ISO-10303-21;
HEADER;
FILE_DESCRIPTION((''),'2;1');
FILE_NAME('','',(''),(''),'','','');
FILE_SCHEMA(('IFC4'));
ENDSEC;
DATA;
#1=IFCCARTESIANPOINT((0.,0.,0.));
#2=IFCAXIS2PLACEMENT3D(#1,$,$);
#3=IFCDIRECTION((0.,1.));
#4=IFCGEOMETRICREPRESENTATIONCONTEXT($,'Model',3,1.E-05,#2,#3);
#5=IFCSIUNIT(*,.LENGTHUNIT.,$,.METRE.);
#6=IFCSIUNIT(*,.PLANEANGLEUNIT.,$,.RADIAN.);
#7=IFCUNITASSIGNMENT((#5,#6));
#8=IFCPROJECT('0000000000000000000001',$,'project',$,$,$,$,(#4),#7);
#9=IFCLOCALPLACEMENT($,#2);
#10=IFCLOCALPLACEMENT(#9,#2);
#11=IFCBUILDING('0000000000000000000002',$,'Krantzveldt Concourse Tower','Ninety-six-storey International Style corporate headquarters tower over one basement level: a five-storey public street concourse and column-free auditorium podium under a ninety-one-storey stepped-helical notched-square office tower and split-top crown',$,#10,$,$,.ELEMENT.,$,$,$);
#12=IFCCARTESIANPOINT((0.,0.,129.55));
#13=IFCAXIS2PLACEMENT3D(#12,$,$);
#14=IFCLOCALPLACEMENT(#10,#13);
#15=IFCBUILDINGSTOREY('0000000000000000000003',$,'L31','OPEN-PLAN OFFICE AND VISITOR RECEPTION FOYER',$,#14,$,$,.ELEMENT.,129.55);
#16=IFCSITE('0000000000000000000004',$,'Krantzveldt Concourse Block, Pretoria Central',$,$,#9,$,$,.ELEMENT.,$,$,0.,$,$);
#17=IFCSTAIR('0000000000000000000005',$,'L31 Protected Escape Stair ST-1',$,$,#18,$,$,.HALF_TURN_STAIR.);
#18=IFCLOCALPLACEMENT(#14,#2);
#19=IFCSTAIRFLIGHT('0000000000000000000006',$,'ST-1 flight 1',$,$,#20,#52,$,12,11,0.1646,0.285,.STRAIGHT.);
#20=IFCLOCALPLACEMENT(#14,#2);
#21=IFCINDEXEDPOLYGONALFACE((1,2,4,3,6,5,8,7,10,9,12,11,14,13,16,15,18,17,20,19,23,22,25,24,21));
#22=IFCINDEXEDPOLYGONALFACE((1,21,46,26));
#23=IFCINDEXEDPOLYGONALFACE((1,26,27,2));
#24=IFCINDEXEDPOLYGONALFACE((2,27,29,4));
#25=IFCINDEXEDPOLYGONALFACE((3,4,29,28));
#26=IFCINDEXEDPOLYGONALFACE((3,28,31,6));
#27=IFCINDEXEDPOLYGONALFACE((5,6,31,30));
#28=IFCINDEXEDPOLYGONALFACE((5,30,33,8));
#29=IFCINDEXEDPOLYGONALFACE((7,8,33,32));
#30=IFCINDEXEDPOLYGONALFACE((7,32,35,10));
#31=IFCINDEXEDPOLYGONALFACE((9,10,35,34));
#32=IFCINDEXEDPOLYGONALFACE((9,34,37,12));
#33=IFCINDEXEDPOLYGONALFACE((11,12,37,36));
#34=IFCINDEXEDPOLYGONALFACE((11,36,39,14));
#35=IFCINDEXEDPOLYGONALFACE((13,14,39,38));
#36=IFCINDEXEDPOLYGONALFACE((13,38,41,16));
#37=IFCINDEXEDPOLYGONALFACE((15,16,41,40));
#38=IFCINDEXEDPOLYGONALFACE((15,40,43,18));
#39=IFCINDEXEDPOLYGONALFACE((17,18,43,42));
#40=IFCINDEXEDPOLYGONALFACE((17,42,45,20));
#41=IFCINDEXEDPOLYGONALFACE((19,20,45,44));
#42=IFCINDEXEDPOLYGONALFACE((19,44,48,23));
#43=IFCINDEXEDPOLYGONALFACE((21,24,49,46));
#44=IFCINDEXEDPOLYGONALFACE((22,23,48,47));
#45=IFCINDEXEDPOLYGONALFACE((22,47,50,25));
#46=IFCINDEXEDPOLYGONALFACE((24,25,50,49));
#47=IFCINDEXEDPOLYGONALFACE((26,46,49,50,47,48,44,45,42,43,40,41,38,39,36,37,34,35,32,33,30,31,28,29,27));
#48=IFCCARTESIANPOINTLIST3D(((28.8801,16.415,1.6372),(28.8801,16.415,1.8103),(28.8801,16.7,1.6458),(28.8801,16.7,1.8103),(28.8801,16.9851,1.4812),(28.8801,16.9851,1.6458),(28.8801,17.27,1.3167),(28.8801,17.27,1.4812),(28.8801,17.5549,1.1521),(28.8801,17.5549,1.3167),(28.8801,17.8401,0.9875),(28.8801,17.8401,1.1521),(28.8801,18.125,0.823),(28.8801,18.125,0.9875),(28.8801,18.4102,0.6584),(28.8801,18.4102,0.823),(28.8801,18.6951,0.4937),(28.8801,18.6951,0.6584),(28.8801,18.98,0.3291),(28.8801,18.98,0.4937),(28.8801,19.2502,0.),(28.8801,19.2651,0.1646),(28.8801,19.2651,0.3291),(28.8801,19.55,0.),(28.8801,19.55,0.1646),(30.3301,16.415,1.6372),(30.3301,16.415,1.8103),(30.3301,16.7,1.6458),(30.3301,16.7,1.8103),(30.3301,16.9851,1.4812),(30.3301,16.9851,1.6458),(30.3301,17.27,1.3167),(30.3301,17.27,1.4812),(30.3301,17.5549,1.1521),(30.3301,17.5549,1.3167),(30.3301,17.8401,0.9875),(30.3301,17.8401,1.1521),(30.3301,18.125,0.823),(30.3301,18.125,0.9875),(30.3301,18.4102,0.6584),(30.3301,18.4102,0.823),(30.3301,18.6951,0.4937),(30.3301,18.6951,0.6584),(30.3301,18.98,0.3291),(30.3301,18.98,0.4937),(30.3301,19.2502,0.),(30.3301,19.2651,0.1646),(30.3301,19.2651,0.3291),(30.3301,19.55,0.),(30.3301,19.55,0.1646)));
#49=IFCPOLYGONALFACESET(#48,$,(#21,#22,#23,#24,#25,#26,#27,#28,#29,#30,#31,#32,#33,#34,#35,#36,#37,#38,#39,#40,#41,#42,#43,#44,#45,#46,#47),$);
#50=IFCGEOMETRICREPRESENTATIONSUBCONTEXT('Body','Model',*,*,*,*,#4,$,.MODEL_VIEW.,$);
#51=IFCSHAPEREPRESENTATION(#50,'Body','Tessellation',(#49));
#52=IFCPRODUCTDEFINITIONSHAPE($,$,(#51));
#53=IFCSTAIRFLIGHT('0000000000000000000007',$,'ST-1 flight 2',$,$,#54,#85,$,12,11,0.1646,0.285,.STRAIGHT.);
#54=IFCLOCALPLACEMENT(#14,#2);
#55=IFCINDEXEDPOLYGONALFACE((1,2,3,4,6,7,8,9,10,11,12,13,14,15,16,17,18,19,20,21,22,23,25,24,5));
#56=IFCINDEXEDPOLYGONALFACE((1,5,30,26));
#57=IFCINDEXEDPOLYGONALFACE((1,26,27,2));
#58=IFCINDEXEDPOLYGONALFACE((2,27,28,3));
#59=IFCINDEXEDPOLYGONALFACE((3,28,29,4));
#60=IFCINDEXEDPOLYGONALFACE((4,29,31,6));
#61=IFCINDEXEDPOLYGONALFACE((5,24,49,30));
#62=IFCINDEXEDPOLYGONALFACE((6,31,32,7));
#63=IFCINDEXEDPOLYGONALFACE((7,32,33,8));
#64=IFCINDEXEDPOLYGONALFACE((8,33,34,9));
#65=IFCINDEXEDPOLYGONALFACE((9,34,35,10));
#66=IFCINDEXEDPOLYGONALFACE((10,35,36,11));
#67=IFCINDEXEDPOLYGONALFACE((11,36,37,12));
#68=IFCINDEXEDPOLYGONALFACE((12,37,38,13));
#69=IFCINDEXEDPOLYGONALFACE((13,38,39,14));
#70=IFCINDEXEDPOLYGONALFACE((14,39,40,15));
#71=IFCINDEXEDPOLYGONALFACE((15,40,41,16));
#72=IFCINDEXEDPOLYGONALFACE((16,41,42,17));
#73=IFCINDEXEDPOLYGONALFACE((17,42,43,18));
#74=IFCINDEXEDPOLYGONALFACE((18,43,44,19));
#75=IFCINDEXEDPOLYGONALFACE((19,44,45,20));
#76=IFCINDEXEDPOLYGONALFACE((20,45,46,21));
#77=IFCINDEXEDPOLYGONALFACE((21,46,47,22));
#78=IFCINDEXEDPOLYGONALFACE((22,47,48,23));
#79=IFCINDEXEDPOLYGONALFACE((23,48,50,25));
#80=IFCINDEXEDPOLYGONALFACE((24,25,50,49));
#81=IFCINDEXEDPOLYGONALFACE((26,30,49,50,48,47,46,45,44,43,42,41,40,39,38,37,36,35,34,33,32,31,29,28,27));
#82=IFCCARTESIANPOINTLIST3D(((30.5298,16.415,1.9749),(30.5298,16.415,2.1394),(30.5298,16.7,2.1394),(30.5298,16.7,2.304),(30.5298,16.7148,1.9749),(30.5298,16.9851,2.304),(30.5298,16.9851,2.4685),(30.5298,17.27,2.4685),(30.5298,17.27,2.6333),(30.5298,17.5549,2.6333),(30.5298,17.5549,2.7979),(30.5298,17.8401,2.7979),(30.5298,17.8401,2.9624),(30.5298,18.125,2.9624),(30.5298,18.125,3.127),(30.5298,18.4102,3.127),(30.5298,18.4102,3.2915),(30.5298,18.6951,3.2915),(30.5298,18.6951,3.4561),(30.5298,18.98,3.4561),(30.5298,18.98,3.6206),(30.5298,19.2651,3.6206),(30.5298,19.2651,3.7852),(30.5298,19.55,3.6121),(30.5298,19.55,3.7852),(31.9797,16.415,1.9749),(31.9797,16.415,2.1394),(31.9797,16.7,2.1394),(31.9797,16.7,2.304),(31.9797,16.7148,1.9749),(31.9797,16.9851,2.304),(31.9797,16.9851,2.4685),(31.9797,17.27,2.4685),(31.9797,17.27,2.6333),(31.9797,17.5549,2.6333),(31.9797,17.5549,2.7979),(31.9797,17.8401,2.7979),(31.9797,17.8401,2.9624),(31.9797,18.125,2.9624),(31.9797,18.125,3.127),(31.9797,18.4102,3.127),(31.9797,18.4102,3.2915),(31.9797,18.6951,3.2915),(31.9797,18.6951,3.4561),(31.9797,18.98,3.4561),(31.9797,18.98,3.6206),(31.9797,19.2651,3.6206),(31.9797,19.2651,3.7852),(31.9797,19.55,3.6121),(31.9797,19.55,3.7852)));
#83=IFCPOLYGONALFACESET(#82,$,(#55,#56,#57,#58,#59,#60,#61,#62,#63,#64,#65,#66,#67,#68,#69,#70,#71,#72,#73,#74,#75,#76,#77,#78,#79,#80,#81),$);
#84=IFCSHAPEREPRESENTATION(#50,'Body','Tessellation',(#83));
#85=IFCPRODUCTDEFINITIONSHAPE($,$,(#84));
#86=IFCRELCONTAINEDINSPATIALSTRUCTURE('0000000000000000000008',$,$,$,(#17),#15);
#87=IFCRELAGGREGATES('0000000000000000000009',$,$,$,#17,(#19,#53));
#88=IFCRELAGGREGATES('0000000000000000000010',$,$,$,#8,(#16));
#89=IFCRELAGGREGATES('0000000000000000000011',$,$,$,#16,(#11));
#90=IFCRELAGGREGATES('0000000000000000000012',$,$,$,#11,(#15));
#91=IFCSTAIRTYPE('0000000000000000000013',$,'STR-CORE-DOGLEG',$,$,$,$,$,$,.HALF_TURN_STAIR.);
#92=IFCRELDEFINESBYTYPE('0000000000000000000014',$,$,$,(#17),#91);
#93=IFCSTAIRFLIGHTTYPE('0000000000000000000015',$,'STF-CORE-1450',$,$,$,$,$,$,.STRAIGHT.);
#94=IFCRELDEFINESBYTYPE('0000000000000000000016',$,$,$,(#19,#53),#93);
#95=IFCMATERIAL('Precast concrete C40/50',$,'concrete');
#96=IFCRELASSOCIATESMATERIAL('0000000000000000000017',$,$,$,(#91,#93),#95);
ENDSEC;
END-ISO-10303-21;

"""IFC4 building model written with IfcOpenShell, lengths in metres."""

from ifc_helpers import new_model, si_unit, direction, frame, origin, place, context, subcontext, project, spatial, polyline, outline, extrude, material, type_object, element, aggregate, save


model = new_model("IFC4")

# Units and contexts
model_context = context("Model", 3, precision=1e-05, world=origin(), true_north=direction((0.0, 1.0)))
body_context = subcontext(model_context, "Body", "Model", "MODEL_VIEW")
ifc_project = project(units=[si_unit("LENGTHUNIT", "METRE"), si_unit("PLANEANGLEUNIT", "RADIAN")], contexts=[model_context])

# Site, building, storey
site_placement = place(None, origin())
site = spatial("IfcSite", under=ifc_project, at=site_placement, Name="Krantzveldt Concourse Block, Pretoria Central", CompositionType="ELEMENT", RefElevation=0.0)
building_placement = place(site_placement, origin())
building = spatial("IfcBuilding", under=site, at=building_placement, Name="Krantzveldt Concourse Tower", Description="Ninety-six-storey International Style corporate headquarters tower over one basement level: a five-storey public street concourse and column-free auditorium podium under a ninety-one-storey stepped-helical notched-square office tower and split-top crown", CompositionType="ELEMENT")
storey_placement = place(building_placement, frame((0.0, 0.0, 129.55)))
storey = spatial("IfcBuildingStorey", under=building, at=storey_placement, Name="L31", Description="OPEN-PLAN OFFICE AND VISITOR RECEPTION FOYER", CompositionType="ELEMENT", Elevation=129.55)

# Stair, stair flights
ifc_material_1 = material(Name="Precast concrete C40/50", Category="concrete")
stair_type = type_object("IfcStairType", Name="STR-CORE-DOGLEG", PredefinedType="HALF_TURN_STAIR", material=ifc_material_1)
stair_placement = place(storey_placement, origin())
stair = element("IfcStair", 1, at=stair_placement, inside=storey, type_object=stair_type, Name="L31 Protected Escape Stair ST-1", PredefinedType="HALF_TURN_STAIR")
stair_flight_type = type_object("IfcStairFlightType", Name="STF-CORE-1450", PredefinedType="STRAIGHT", material=ifc_material_1)
stair_flight_1_placement = place(storey_placement, frame((29.605, 19.55, 0.0), z_axis=(0.0, 0.0, 1.0), x_axis=(0.0, -1.0, 0.0)))
stair_flight_1 = element("IfcStairFlight", 2, at=stair_flight_1_placement, type_object=stair_flight_type, Name="ST-1 flight 1", NumberOfRisers=12, NumberOfTreads=11, PredefinedType="STRAIGHT", RiserHeight=0.1646, TreadLength=0.285, context=body_context, shape_type="SweptSolid", body=[
    extrude(outline(polyline([(0.0, 0.0), (0.0, 0.1646), (0.2849, 0.1646), (0.2849, 0.3291), (0.5701, 0.3291), (0.5701, 0.4937), (0.855, 0.4937), (0.855, 0.6584), (1.1399, 0.6584), (1.1399, 0.823), (1.425, 0.823), (1.425, 0.9875), (1.71, 0.9875), (1.71, 1.1521), (1.9951, 1.1521), (1.9951, 1.3167), (2.28, 1.3167), (2.28, 1.4812), (2.5649, 1.4812), (2.5649, 1.6458), (2.8501, 1.6458), (2.8501, 1.8103), (3.135, 1.8103), (3.135, 1.9751), (3.135, 1.6372), (0.2998, 0.0), (0.0, 0.0)])), frame((0.0, 0.7251, 0.0), z_axis=(0.0, -1.0, 0.0), x_axis=(1.0, 0.0, 0.0)), (0.0, 0.0, 1.0), 1.45),
])
stair_flight_2_placement = place(storey_placement, frame((31.2549, 16.415, 1.9749), z_axis=(0.0, 0.0, 1.0), x_axis=(0.0, 1.0, 0.0)))
stair_flight_2 = element("IfcStairFlight", 3, at=stair_flight_2_placement, type_object=stair_flight_type, Name="ST-1 flight 2", NumberOfRisers=12, NumberOfTreads=11, PredefinedType="STRAIGHT", RiserHeight=0.1646, TreadLength=0.285, context=body_context, shape_type="SweptSolid", body=[
    extrude(outline(polyline([(0.0, 0.0), (0.0, 0.1646), (0.2849, 0.1646), (0.2849, 0.3291), (0.5701, 0.3291), (0.5701, 0.4937), (0.855, 0.4937), (0.855, 0.6584), (1.1399, 0.6584), (1.1399, 0.823), (1.425, 0.823), (1.425, 0.9875), (1.71, 0.9875), (1.71, 1.1521), (1.9951, 1.1521), (1.9951, 1.3167), (2.28, 1.3167), (2.28, 1.4812), (2.5649, 1.4812), (2.5649, 1.6458), (2.8501, 1.6458), (2.8501, 1.8103), (3.135, 1.8103), (3.135, 1.9751), (3.135, 1.6372), (0.2998, 0.0), (0.0, 0.0)])), frame((0.0, 0.7251, 0.0), z_axis=(0.0, -1.0, 0.0), x_axis=(1.0, 0.0, 0.0)), (0.0, 0.0, 1.0), 1.45),
])
aggregate(stair, [stair_flight_1, stair_flight_2])

save(model, "model.ifc")
